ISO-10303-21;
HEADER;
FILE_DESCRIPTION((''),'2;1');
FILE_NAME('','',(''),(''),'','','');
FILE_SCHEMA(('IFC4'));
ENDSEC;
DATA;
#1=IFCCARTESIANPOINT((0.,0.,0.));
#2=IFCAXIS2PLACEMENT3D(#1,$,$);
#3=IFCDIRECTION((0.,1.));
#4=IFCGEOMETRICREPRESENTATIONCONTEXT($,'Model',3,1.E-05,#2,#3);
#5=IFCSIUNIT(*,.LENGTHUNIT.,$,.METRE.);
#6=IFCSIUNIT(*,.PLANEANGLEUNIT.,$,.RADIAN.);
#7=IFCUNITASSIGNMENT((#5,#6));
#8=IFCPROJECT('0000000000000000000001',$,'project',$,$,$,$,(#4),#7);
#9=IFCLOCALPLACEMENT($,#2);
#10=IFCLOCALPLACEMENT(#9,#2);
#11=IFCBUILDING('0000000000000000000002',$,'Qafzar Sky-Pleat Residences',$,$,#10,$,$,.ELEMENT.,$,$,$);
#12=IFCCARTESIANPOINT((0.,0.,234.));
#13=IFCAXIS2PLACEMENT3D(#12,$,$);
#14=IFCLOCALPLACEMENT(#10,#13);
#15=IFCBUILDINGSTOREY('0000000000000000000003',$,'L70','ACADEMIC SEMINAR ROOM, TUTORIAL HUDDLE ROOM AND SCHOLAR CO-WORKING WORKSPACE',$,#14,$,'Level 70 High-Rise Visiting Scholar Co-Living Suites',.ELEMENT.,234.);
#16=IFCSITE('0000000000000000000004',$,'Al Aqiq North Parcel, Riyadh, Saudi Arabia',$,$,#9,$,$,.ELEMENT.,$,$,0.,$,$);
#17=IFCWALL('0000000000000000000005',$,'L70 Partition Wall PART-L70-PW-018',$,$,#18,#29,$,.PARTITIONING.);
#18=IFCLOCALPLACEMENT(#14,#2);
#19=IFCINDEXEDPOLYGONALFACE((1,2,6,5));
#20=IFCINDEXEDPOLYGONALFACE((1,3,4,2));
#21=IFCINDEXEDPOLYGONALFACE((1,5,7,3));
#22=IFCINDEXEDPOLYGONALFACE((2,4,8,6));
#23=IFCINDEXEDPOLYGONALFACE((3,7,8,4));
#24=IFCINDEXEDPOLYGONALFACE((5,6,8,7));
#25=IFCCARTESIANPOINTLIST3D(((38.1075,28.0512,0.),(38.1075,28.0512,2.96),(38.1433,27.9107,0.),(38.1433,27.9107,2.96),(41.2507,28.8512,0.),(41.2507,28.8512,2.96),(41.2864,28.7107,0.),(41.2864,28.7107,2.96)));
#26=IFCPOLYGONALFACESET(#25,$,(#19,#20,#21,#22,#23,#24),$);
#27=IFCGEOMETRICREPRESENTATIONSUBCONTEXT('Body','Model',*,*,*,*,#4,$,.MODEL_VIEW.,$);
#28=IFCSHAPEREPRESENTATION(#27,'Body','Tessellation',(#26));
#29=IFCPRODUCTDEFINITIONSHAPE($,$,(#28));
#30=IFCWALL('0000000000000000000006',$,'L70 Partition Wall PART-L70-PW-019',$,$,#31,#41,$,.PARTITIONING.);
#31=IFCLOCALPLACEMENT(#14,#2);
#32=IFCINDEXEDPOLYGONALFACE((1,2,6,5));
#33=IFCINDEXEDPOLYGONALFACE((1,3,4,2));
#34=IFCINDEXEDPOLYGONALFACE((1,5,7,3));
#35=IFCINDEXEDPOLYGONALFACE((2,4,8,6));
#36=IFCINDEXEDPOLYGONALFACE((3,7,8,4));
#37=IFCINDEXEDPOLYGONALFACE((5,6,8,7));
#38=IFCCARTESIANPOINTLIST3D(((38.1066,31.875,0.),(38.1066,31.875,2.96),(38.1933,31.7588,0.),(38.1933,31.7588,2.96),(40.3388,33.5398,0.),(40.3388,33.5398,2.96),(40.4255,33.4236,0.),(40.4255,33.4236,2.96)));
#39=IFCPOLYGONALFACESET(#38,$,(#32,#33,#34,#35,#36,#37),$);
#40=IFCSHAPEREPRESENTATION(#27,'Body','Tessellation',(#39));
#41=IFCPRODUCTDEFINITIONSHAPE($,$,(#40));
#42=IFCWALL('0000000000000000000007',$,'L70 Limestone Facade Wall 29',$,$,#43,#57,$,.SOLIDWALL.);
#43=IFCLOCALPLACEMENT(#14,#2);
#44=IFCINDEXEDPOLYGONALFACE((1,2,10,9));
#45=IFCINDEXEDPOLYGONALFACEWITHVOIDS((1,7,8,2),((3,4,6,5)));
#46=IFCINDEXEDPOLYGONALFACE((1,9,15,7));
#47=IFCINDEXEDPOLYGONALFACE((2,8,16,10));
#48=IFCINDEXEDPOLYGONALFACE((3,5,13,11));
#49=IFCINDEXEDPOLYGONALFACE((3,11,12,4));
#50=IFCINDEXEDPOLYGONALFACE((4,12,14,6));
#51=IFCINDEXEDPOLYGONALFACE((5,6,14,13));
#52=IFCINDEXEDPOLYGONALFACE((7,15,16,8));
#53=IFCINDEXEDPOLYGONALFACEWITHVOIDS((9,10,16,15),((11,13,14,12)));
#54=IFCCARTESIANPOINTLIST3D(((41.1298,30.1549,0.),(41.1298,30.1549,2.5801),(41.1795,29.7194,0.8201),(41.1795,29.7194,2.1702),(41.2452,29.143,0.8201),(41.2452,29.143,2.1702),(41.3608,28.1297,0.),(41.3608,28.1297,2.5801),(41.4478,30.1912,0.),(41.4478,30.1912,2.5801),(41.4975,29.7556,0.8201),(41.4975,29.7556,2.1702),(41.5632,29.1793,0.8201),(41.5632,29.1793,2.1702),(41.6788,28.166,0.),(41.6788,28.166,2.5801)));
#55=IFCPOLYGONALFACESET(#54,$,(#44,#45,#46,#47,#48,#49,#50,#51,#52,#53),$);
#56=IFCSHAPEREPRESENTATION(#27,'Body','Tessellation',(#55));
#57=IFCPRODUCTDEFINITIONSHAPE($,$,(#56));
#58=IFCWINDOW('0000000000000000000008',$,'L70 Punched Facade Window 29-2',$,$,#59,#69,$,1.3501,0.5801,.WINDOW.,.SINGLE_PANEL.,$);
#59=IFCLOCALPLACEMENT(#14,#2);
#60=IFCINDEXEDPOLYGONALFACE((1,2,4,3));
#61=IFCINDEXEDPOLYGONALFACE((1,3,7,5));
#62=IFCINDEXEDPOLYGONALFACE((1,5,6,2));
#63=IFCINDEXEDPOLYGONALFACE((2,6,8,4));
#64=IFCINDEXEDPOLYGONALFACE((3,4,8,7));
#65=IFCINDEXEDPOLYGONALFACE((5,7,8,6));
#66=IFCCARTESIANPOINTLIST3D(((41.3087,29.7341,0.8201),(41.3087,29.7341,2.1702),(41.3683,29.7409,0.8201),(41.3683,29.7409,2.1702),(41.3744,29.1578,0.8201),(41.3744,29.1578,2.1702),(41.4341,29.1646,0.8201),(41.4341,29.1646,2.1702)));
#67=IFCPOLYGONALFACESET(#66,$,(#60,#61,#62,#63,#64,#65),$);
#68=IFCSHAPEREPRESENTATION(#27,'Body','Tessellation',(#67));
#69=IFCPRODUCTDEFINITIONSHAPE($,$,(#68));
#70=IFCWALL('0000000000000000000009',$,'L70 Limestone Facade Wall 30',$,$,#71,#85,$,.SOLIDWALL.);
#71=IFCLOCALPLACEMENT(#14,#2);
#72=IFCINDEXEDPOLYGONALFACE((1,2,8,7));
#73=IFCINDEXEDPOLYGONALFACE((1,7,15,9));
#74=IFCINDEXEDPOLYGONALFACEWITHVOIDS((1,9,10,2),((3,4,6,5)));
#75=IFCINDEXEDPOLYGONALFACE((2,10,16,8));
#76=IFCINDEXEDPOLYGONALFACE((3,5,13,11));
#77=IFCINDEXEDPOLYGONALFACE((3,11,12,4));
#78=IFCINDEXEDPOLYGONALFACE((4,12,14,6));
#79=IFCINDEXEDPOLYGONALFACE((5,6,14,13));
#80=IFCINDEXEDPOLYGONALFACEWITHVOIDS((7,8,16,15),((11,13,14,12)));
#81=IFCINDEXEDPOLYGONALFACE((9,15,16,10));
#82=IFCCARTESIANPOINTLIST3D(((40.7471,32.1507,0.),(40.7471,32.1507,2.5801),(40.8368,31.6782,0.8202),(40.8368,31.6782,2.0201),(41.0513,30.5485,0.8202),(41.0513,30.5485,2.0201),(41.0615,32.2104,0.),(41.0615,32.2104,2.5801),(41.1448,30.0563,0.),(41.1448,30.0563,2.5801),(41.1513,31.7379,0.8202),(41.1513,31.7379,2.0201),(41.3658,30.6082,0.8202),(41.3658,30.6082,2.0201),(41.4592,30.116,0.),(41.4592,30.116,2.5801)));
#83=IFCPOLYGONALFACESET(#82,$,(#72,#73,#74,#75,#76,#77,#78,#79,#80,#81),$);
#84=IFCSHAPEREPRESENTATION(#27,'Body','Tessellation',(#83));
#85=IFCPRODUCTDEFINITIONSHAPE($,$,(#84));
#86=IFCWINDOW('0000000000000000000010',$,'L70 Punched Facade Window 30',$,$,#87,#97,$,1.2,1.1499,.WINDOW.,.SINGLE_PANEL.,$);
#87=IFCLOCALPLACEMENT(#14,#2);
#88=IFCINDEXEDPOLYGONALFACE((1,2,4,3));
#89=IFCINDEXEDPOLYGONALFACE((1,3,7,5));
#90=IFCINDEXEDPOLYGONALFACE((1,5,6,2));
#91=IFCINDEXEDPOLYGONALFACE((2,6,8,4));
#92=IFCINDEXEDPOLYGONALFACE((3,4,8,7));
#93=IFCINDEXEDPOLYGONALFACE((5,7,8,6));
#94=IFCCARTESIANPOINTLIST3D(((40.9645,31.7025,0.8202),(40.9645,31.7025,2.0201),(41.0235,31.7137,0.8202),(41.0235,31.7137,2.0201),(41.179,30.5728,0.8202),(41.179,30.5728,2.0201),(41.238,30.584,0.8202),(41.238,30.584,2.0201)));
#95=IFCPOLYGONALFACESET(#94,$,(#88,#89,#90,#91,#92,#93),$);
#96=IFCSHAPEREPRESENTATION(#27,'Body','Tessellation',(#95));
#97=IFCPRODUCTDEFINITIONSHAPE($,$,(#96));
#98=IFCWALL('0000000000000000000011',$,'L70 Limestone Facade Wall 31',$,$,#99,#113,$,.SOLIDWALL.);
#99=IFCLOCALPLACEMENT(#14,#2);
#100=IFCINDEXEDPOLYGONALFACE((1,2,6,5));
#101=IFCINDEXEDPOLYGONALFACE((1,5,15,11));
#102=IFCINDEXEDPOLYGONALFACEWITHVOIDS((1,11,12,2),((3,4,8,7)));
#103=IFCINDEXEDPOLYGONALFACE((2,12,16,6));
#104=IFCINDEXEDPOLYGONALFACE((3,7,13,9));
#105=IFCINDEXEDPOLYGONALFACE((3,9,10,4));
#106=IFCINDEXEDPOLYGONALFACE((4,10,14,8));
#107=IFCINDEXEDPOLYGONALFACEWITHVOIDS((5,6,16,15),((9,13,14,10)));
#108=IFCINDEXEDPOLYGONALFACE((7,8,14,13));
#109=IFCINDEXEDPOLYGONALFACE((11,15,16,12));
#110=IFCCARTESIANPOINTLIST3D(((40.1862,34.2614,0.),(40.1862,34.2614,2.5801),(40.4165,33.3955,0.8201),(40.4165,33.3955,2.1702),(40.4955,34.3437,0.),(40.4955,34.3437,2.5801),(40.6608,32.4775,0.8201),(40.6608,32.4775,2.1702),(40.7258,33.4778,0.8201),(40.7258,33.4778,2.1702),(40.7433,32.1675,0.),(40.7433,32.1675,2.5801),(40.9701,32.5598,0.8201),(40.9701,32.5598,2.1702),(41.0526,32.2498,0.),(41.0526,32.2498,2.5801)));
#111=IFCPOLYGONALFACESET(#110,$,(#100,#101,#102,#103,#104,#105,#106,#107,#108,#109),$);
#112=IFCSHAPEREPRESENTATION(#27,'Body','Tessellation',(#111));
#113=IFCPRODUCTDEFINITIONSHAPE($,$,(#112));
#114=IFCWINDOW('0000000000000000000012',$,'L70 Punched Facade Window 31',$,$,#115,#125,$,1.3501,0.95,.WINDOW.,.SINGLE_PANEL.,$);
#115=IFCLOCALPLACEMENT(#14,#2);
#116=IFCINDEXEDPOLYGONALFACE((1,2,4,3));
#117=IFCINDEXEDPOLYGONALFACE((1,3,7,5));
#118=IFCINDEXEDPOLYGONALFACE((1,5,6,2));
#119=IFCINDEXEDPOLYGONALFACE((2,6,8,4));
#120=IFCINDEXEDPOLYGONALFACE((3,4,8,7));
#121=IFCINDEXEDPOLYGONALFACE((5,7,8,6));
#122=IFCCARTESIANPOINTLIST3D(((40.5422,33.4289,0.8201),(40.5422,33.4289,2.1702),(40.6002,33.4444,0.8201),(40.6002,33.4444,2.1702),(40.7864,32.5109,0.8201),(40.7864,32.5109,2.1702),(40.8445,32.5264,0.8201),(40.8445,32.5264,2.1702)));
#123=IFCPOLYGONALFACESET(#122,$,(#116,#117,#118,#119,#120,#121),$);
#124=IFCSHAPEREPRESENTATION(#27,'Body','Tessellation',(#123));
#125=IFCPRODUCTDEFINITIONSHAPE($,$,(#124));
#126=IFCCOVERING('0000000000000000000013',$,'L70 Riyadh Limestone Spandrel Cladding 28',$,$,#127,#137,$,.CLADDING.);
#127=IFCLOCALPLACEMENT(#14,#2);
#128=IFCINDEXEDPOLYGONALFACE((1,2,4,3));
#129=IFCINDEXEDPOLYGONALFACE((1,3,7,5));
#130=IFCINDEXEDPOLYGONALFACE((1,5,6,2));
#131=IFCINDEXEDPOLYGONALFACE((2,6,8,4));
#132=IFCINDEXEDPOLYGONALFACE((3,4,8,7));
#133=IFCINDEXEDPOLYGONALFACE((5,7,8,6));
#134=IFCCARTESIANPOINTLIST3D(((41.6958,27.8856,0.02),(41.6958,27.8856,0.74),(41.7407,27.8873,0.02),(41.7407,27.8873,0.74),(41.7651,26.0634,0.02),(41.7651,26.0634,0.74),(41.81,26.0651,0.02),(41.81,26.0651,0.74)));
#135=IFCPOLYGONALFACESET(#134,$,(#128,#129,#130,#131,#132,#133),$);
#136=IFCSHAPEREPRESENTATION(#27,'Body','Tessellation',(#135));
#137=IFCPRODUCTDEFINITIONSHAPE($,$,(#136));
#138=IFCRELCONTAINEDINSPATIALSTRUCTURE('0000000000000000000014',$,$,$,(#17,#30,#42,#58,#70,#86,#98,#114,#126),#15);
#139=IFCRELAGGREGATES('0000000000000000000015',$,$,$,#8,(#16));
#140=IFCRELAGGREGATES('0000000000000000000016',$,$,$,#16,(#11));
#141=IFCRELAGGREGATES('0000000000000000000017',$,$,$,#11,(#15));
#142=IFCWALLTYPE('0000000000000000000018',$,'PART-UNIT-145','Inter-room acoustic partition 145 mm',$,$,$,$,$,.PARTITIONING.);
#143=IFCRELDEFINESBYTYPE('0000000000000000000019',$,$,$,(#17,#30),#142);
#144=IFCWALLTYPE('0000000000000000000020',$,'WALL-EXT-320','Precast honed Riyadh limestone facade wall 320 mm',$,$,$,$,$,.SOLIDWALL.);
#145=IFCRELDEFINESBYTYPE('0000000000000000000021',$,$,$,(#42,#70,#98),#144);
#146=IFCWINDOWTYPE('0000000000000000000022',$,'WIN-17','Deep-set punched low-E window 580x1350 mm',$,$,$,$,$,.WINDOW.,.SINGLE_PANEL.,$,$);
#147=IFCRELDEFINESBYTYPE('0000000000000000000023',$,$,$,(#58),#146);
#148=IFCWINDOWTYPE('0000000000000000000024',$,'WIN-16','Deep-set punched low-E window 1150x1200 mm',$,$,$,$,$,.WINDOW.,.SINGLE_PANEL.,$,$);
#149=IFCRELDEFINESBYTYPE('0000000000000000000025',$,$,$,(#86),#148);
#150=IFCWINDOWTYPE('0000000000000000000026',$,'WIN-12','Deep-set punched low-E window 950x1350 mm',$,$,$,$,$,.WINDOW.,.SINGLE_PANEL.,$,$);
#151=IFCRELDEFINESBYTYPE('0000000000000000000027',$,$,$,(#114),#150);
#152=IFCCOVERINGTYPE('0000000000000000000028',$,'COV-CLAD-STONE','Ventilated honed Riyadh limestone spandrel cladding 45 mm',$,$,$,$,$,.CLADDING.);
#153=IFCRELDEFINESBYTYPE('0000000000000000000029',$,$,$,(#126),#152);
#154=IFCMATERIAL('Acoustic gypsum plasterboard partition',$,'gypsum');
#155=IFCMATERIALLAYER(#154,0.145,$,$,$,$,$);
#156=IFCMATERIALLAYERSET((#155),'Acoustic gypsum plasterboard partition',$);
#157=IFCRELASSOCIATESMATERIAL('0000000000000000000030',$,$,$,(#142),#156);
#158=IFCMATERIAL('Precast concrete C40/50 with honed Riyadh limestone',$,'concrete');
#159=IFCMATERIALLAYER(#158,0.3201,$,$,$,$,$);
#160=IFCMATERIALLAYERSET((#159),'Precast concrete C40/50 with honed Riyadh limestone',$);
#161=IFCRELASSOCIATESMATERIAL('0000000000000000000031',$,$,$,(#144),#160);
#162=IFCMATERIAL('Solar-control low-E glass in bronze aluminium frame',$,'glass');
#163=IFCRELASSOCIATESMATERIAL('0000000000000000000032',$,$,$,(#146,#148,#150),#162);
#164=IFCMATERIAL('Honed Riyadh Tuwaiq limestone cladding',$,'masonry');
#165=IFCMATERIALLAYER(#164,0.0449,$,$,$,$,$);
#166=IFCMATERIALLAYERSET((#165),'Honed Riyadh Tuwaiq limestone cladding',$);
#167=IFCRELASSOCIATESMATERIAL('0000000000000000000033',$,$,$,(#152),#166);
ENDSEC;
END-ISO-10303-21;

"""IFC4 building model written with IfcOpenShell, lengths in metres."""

from ifc_helpers import new_model, si_unit, direction, frame, frame_2d, origin, origin_2d, place, context, subcontext, project, spatial, rectangle, extrude, source, transform, mapped, material, layer, layer_set, type_object, element, fill, save


model = new_model("IFC4")

# Units and contexts
model_context = context("Model", 3, precision=1e-05, world=origin(), true_north=direction((0.0, 1.0)))
body_context = subcontext(model_context, "Body", "Model", "MODEL_VIEW")
ifc_project = project(units=[si_unit("LENGTHUNIT", "METRE"), si_unit("PLANEANGLEUNIT", "RADIAN")], contexts=[model_context])

# Site, building, storey
site_placement = place(None, origin())
site = spatial("IfcSite", under=ifc_project, at=site_placement, Name="Al Aqiq North Parcel, Riyadh, Saudi Arabia", CompositionType="ELEMENT", RefElevation=0.0)
building_placement = place(site_placement, origin())
building = spatial("IfcBuilding", under=site, at=building_placement, Name="Qafzar Sky-Pleat Residences", CompositionType="ELEMENT")
storey_placement = place(building_placement, frame((0.0, 0.0, 234.0)))
storey = spatial("IfcBuildingStorey", under=building, at=storey_placement, Name="L70", Description="ACADEMIC SEMINAR ROOM, TUTORIAL HUDDLE ROOM AND SCHOLAR CO-WORKING WORKSPACE", LongName="Level 70 High-Rise Visiting Scholar Co-Living Suites", CompositionType="ELEMENT", Elevation=234.0)

# Shared definitions
ifc_material_1 = material(Name="Acoustic gypsum plasterboard partition", Category="gypsum")

# Walls
ifc_layer_1 = layer(ifc_material_1, 0.145)
ifc_layer_set_1 = layer_set([ifc_layer_1], Name="Acoustic gypsum plasterboard partition")
wall_type_1 = type_object("IfcWallType", Name="PART-UNIT-145", Description="Inter-room acoustic partition 145 mm", PredefinedType="PARTITIONING", material=ifc_layer_set_1)
wall_1_placement = place(storey_placement, frame((38.1255, 27.981, 0.0), z_axis=(0.0, 0.0, 1.0), x_axis=(0.969102, 0.24666, 0.0)))
element("IfcWall", 1, at=wall_1_placement, inside=storey, type_object=wall_type_1, Name="L70 Partition Wall PART-L70-PW-018", PredefinedType="PARTITIONING", context=body_context, shape_type="SweptSolid", body=[
    extrude(rectangle(XDim=3.2434, YDim=0.145, at=frame_2d((1.6216, 0.0))), origin(), (0.0, 0.0, 1.0), 2.96),
])
wall_2_placement = place(storey_placement, frame((38.1499, 31.8169, 0.0), z_axis=(0.0, 0.0, 1.0), x_axis=(0.801607, 0.597852, 0.0)))
element("IfcWall", 2, at=wall_2_placement, inside=storey, type_object=wall_type_1, Name="L70 Partition Wall PART-L70-PW-019", PredefinedType="PARTITIONING", context=body_context, shape_type="SweptSolid", body=[
    extrude(rectangle(XDim=2.7847, YDim=0.145, at=frame_2d((1.3923, 0.0))), origin(), (0.0, 0.0, 1.0), 2.96),
])

# Walls, openings, windows
ifc_material_2 = material(Name="Precast concrete C40/50 with honed Riyadh limestone", Category="concrete")
ifc_layer_2 = layer(ifc_material_2, 0.3201)
ifc_layer_set_2 = layer_set([ifc_layer_2], Name="Precast concrete C40/50 with honed Riyadh limestone")
wall_type_2 = type_object("IfcWallType", Name="WALL-EXT-320", Description="Precast honed Riyadh limestone facade wall 320 mm", PredefinedType="SOLIDWALL", material=ifc_layer_set_2)
wall_3_placement = place(storey_placement, frame((41.5198, 28.1479, 0.0), z_axis=(0.0, 0.0, 1.0), x_axis=(-0.11331, 0.99356, 0.0)))
wall_3 = element("IfcWall", 3, at=wall_3_placement, inside=storey, type_object=wall_type_2, Name="L70 Limestone Facade Wall 29", PredefinedType="SOLIDWALL", context=body_context, shape_type="SweptSolid", body=[
    extrude(rectangle(XDim=2.0383, YDim=0.3201, at=frame_2d((1.019, 0.0))), origin(), (0.0, 0.0, 1.0), 2.5801),
])
opening_1_placement = place(wall_3_placement, frame((1.0198, 0.0, 0.8201)))
opening_1 = element("IfcOpeningElement", 4, at=opening_1_placement, cuts=wall_3, PredefinedType="OPENING", context=body_context, shape_type="SweptSolid", body=[
    extrude(rectangle(XDim=0.5801, YDim=1.3501, at=frame_2d((0.29, 0.675))), frame((0.0, 0.1699, 0.0), z_axis=(0.0, -1.0, 0.0), x_axis=(1.0, 0.0, 0.0)), (0.0, 0.0, 1.0), 0.3401),
])
ifc_material_3 = material(Name="Solar-control low-E glass in bronze aluminium frame", Category="glass")
window_type_1 = type_object("IfcWindowType", Name="WIN-17", Description="Deep-set punched low-E window 580x1350 mm", PartitioningType="SINGLE_PANEL", PredefinedType="WINDOW", material=ifc_material_3)
shared_shape_1 = source(origin(), body_context, "Body", "SweptSolid", [
    extrude(rectangle(XDim=0.5801, YDim=1.3501, at=frame_2d((0.29, 0.675))), frame((0.0, 0.03, 0.0), z_axis=(0.0, -1.0, 0.0), x_axis=(1.0, 0.0, 0.0)), (0.0, 0.0, 1.0), 0.0601),
])
window_1_placement = place(opening_1_placement, origin())
window_1 = element("IfcWindow", 5, at=window_1_placement, inside=storey, type_object=window_type_1, Name="L70 Punched Facade Window 29-2", OverallHeight=1.3501, OverallWidth=0.5801, PartitioningType="SINGLE_PANEL", PredefinedType="WINDOW", context=body_context, shape_type="MappedRepresentation", body=[
    mapped(shared_shape_1, transform((0.0, 0.0, 0.0), x_axis=(1.0, 0.0, 0.0), y_axis=(0.0, 1.0, 0.0), z_axis=(0.0, 0.0, 1.0), scale=1.0)),
])
fill(opening_1, window_1)
wall_4_placement = place(storey_placement, frame((41.302, 30.0862, 0.0), z_axis=(0.0, 0.0, 1.0), x_axis=(-0.186549, 0.982446, 0.0)))
wall_4 = element("IfcWall", 6, at=wall_4_placement, inside=storey, type_object=wall_type_2, Name="L70 Limestone Facade Wall 30", PredefinedType="SOLIDWALL", context=body_context, shape_type="SweptSolid", body=[
    extrude(rectangle(XDim=2.1318, YDim=0.3201, at=frame_2d((1.0659, 0.0))), origin(), (0.0, 0.0, 1.0), 2.5801),
])
opening_2_placement = place(wall_4_placement, frame((0.501, 0.0, 0.8201)))
opening_2 = element("IfcOpeningElement", 7, at=opening_2_placement, cuts=wall_4, PredefinedType="OPENING", context=body_context, shape_type="SweptSolid", body=[
    extrude(rectangle(XDim=1.1499, YDim=1.2, at=frame_2d((0.575, 0.6001))), frame((0.0, 0.1699, 0.0), z_axis=(0.0, -1.0, 0.0), x_axis=(1.0, 0.0, 0.0)), (0.0, 0.0, 1.0), 0.3401),
])
window_type_2 = type_object("IfcWindowType", Name="WIN-16", Description="Deep-set punched low-E window 1150x1200 mm", PartitioningType="SINGLE_PANEL", PredefinedType="WINDOW", material=ifc_material_3)
shared_shape_2 = source(origin(), body_context, "Body", "SweptSolid", [
    extrude(rectangle(XDim=1.1499, YDim=1.2, at=frame_2d((0.575, 0.6001))), frame((0.0, 0.03, 0.0), z_axis=(0.0, -1.0, 0.0), x_axis=(1.0, 0.0, 0.0)), (0.0, 0.0, 1.0), 0.0601),
])
window_2_placement = place(opening_2_placement, origin())
window_2 = element("IfcWindow", 8, at=window_2_placement, inside=storey, type_object=window_type_2, Name="L70 Punched Facade Window 30", OverallHeight=1.2, OverallWidth=1.1499, PartitioningType="SINGLE_PANEL", PredefinedType="WINDOW", context=body_context, shape_type="MappedRepresentation", body=[
    mapped(shared_shape_2, transform((0.0, 0.0, 0.0), x_axis=(1.0, 0.0, 0.0), y_axis=(0.0, 1.0, 0.0), z_axis=(0.0, 0.0, 1.0), scale=1.0)),
])
fill(opening_2, window_2)
wall_5_placement = place(storey_placement, frame((40.8979, 32.2085, 0.0), z_axis=(0.0, 0.0, 1.0), x_axis=(-0.257116, 0.966381, 0.0)))
wall_5 = element("IfcWall", 9, at=wall_5_placement, inside=storey, type_object=wall_type_2, Name="L70 Limestone Facade Wall 31", PredefinedType="SOLIDWALL", context=body_context, shape_type="SweptSolid", body=[
    extrude(rectangle(XDim=2.1667, YDim=0.3201, at=frame_2d((1.0835, 0.0))), origin(), (0.0, 0.0, 1.0), 2.5801),
])
opening_3_placement = place(wall_5_placement, frame((0.3208, 0.0, 0.8201)))
opening_3 = element("IfcOpeningElement", 10, at=opening_3_placement, cuts=wall_5, PredefinedType="OPENING", context=body_context, shape_type="SweptSolid", body=[
    extrude(rectangle(XDim=0.95, YDim=1.3501, at=frame_2d((0.4751, 0.675))), frame((0.0, 0.1699, 0.0), z_axis=(0.0, -1.0, 0.0), x_axis=(1.0, 0.0, 0.0)), (0.0, 0.0, 1.0), 0.3401),
])
window_type_3 = type_object("IfcWindowType", Name="WIN-12", Description="Deep-set punched low-E window 950x1350 mm", PartitioningType="SINGLE_PANEL", PredefinedType="WINDOW", material=ifc_material_3)
shared_shape_3 = source(origin(), body_context, "Body", "SweptSolid", [
    extrude(rectangle(XDim=0.95, YDim=1.3501, at=frame_2d((0.4751, 0.675))), frame((0.0, 0.03, 0.0), z_axis=(0.0, -1.0, 0.0), x_axis=(1.0, 0.0, 0.0)), (0.0, 0.0, 1.0), 0.0601),
])
window_3_placement = place(opening_3_placement, origin())
window_3 = element("IfcWindow", 11, at=window_3_placement, inside=storey, type_object=window_type_3, Name="L70 Punched Facade Window 31", OverallHeight=1.3501, OverallWidth=0.95, PartitioningType="SINGLE_PANEL", PredefinedType="WINDOW", context=body_context, shape_type="MappedRepresentation", body=[
    mapped(shared_shape_3, transform((0.0, 0.0, 0.0), x_axis=(1.0, 0.0, 0.0), y_axis=(0.0, 1.0, 0.0), z_axis=(0.0, 0.0, 1.0), scale=1.0)),
])
fill(opening_3, window_3)

# Covering
ifc_material_4 = material(Name="Honed Riyadh Tuwaiq limestone cladding", Category="masonry")
ifc_layer_3 = layer(ifc_material_4, 0.0449)
ifc_layer_set_3 = layer_set([ifc_layer_3], Name="Honed Riyadh Tuwaiq limestone cladding")
covering_type = type_object("IfcCoveringType", Name="COV-CLAD-STONE", Description="Ventilated honed Riyadh limestone spandrel cladding 45 mm", PredefinedType="CLADDING", material=ifc_layer_set_3)
shared_shape_4 = source(origin(), body_context, "Body", "SweptSolid", [
    extrude(rectangle(XDim=1.8235, YDim=0.0449, at=origin_2d()), origin(), (0.0, 0.0, 1.0), 0.72),
])
covering_placement = place(storey_placement, frame((41.7529, 26.9753, 0.02), z_axis=(0.0, 0.0, 1.0), x_axis=(-0.038003, 0.999278, 0.0)))
element("IfcCovering", 12, at=covering_placement, inside=storey, type_object=covering_type, Name="L70 Riyadh Limestone Spandrel Cladding 28", PredefinedType="CLADDING", context=body_context, shape_type="MappedRepresentation", body=[
    mapped(shared_shape_4, transform((0.0, 0.0, 0.0), x_axis=(1.0, 0.0, 0.0), y_axis=(0.0, 1.0, 0.0), z_axis=(0.0, 0.0, 1.0), scale=1.0)),
])

save(model, "model.ifc")
